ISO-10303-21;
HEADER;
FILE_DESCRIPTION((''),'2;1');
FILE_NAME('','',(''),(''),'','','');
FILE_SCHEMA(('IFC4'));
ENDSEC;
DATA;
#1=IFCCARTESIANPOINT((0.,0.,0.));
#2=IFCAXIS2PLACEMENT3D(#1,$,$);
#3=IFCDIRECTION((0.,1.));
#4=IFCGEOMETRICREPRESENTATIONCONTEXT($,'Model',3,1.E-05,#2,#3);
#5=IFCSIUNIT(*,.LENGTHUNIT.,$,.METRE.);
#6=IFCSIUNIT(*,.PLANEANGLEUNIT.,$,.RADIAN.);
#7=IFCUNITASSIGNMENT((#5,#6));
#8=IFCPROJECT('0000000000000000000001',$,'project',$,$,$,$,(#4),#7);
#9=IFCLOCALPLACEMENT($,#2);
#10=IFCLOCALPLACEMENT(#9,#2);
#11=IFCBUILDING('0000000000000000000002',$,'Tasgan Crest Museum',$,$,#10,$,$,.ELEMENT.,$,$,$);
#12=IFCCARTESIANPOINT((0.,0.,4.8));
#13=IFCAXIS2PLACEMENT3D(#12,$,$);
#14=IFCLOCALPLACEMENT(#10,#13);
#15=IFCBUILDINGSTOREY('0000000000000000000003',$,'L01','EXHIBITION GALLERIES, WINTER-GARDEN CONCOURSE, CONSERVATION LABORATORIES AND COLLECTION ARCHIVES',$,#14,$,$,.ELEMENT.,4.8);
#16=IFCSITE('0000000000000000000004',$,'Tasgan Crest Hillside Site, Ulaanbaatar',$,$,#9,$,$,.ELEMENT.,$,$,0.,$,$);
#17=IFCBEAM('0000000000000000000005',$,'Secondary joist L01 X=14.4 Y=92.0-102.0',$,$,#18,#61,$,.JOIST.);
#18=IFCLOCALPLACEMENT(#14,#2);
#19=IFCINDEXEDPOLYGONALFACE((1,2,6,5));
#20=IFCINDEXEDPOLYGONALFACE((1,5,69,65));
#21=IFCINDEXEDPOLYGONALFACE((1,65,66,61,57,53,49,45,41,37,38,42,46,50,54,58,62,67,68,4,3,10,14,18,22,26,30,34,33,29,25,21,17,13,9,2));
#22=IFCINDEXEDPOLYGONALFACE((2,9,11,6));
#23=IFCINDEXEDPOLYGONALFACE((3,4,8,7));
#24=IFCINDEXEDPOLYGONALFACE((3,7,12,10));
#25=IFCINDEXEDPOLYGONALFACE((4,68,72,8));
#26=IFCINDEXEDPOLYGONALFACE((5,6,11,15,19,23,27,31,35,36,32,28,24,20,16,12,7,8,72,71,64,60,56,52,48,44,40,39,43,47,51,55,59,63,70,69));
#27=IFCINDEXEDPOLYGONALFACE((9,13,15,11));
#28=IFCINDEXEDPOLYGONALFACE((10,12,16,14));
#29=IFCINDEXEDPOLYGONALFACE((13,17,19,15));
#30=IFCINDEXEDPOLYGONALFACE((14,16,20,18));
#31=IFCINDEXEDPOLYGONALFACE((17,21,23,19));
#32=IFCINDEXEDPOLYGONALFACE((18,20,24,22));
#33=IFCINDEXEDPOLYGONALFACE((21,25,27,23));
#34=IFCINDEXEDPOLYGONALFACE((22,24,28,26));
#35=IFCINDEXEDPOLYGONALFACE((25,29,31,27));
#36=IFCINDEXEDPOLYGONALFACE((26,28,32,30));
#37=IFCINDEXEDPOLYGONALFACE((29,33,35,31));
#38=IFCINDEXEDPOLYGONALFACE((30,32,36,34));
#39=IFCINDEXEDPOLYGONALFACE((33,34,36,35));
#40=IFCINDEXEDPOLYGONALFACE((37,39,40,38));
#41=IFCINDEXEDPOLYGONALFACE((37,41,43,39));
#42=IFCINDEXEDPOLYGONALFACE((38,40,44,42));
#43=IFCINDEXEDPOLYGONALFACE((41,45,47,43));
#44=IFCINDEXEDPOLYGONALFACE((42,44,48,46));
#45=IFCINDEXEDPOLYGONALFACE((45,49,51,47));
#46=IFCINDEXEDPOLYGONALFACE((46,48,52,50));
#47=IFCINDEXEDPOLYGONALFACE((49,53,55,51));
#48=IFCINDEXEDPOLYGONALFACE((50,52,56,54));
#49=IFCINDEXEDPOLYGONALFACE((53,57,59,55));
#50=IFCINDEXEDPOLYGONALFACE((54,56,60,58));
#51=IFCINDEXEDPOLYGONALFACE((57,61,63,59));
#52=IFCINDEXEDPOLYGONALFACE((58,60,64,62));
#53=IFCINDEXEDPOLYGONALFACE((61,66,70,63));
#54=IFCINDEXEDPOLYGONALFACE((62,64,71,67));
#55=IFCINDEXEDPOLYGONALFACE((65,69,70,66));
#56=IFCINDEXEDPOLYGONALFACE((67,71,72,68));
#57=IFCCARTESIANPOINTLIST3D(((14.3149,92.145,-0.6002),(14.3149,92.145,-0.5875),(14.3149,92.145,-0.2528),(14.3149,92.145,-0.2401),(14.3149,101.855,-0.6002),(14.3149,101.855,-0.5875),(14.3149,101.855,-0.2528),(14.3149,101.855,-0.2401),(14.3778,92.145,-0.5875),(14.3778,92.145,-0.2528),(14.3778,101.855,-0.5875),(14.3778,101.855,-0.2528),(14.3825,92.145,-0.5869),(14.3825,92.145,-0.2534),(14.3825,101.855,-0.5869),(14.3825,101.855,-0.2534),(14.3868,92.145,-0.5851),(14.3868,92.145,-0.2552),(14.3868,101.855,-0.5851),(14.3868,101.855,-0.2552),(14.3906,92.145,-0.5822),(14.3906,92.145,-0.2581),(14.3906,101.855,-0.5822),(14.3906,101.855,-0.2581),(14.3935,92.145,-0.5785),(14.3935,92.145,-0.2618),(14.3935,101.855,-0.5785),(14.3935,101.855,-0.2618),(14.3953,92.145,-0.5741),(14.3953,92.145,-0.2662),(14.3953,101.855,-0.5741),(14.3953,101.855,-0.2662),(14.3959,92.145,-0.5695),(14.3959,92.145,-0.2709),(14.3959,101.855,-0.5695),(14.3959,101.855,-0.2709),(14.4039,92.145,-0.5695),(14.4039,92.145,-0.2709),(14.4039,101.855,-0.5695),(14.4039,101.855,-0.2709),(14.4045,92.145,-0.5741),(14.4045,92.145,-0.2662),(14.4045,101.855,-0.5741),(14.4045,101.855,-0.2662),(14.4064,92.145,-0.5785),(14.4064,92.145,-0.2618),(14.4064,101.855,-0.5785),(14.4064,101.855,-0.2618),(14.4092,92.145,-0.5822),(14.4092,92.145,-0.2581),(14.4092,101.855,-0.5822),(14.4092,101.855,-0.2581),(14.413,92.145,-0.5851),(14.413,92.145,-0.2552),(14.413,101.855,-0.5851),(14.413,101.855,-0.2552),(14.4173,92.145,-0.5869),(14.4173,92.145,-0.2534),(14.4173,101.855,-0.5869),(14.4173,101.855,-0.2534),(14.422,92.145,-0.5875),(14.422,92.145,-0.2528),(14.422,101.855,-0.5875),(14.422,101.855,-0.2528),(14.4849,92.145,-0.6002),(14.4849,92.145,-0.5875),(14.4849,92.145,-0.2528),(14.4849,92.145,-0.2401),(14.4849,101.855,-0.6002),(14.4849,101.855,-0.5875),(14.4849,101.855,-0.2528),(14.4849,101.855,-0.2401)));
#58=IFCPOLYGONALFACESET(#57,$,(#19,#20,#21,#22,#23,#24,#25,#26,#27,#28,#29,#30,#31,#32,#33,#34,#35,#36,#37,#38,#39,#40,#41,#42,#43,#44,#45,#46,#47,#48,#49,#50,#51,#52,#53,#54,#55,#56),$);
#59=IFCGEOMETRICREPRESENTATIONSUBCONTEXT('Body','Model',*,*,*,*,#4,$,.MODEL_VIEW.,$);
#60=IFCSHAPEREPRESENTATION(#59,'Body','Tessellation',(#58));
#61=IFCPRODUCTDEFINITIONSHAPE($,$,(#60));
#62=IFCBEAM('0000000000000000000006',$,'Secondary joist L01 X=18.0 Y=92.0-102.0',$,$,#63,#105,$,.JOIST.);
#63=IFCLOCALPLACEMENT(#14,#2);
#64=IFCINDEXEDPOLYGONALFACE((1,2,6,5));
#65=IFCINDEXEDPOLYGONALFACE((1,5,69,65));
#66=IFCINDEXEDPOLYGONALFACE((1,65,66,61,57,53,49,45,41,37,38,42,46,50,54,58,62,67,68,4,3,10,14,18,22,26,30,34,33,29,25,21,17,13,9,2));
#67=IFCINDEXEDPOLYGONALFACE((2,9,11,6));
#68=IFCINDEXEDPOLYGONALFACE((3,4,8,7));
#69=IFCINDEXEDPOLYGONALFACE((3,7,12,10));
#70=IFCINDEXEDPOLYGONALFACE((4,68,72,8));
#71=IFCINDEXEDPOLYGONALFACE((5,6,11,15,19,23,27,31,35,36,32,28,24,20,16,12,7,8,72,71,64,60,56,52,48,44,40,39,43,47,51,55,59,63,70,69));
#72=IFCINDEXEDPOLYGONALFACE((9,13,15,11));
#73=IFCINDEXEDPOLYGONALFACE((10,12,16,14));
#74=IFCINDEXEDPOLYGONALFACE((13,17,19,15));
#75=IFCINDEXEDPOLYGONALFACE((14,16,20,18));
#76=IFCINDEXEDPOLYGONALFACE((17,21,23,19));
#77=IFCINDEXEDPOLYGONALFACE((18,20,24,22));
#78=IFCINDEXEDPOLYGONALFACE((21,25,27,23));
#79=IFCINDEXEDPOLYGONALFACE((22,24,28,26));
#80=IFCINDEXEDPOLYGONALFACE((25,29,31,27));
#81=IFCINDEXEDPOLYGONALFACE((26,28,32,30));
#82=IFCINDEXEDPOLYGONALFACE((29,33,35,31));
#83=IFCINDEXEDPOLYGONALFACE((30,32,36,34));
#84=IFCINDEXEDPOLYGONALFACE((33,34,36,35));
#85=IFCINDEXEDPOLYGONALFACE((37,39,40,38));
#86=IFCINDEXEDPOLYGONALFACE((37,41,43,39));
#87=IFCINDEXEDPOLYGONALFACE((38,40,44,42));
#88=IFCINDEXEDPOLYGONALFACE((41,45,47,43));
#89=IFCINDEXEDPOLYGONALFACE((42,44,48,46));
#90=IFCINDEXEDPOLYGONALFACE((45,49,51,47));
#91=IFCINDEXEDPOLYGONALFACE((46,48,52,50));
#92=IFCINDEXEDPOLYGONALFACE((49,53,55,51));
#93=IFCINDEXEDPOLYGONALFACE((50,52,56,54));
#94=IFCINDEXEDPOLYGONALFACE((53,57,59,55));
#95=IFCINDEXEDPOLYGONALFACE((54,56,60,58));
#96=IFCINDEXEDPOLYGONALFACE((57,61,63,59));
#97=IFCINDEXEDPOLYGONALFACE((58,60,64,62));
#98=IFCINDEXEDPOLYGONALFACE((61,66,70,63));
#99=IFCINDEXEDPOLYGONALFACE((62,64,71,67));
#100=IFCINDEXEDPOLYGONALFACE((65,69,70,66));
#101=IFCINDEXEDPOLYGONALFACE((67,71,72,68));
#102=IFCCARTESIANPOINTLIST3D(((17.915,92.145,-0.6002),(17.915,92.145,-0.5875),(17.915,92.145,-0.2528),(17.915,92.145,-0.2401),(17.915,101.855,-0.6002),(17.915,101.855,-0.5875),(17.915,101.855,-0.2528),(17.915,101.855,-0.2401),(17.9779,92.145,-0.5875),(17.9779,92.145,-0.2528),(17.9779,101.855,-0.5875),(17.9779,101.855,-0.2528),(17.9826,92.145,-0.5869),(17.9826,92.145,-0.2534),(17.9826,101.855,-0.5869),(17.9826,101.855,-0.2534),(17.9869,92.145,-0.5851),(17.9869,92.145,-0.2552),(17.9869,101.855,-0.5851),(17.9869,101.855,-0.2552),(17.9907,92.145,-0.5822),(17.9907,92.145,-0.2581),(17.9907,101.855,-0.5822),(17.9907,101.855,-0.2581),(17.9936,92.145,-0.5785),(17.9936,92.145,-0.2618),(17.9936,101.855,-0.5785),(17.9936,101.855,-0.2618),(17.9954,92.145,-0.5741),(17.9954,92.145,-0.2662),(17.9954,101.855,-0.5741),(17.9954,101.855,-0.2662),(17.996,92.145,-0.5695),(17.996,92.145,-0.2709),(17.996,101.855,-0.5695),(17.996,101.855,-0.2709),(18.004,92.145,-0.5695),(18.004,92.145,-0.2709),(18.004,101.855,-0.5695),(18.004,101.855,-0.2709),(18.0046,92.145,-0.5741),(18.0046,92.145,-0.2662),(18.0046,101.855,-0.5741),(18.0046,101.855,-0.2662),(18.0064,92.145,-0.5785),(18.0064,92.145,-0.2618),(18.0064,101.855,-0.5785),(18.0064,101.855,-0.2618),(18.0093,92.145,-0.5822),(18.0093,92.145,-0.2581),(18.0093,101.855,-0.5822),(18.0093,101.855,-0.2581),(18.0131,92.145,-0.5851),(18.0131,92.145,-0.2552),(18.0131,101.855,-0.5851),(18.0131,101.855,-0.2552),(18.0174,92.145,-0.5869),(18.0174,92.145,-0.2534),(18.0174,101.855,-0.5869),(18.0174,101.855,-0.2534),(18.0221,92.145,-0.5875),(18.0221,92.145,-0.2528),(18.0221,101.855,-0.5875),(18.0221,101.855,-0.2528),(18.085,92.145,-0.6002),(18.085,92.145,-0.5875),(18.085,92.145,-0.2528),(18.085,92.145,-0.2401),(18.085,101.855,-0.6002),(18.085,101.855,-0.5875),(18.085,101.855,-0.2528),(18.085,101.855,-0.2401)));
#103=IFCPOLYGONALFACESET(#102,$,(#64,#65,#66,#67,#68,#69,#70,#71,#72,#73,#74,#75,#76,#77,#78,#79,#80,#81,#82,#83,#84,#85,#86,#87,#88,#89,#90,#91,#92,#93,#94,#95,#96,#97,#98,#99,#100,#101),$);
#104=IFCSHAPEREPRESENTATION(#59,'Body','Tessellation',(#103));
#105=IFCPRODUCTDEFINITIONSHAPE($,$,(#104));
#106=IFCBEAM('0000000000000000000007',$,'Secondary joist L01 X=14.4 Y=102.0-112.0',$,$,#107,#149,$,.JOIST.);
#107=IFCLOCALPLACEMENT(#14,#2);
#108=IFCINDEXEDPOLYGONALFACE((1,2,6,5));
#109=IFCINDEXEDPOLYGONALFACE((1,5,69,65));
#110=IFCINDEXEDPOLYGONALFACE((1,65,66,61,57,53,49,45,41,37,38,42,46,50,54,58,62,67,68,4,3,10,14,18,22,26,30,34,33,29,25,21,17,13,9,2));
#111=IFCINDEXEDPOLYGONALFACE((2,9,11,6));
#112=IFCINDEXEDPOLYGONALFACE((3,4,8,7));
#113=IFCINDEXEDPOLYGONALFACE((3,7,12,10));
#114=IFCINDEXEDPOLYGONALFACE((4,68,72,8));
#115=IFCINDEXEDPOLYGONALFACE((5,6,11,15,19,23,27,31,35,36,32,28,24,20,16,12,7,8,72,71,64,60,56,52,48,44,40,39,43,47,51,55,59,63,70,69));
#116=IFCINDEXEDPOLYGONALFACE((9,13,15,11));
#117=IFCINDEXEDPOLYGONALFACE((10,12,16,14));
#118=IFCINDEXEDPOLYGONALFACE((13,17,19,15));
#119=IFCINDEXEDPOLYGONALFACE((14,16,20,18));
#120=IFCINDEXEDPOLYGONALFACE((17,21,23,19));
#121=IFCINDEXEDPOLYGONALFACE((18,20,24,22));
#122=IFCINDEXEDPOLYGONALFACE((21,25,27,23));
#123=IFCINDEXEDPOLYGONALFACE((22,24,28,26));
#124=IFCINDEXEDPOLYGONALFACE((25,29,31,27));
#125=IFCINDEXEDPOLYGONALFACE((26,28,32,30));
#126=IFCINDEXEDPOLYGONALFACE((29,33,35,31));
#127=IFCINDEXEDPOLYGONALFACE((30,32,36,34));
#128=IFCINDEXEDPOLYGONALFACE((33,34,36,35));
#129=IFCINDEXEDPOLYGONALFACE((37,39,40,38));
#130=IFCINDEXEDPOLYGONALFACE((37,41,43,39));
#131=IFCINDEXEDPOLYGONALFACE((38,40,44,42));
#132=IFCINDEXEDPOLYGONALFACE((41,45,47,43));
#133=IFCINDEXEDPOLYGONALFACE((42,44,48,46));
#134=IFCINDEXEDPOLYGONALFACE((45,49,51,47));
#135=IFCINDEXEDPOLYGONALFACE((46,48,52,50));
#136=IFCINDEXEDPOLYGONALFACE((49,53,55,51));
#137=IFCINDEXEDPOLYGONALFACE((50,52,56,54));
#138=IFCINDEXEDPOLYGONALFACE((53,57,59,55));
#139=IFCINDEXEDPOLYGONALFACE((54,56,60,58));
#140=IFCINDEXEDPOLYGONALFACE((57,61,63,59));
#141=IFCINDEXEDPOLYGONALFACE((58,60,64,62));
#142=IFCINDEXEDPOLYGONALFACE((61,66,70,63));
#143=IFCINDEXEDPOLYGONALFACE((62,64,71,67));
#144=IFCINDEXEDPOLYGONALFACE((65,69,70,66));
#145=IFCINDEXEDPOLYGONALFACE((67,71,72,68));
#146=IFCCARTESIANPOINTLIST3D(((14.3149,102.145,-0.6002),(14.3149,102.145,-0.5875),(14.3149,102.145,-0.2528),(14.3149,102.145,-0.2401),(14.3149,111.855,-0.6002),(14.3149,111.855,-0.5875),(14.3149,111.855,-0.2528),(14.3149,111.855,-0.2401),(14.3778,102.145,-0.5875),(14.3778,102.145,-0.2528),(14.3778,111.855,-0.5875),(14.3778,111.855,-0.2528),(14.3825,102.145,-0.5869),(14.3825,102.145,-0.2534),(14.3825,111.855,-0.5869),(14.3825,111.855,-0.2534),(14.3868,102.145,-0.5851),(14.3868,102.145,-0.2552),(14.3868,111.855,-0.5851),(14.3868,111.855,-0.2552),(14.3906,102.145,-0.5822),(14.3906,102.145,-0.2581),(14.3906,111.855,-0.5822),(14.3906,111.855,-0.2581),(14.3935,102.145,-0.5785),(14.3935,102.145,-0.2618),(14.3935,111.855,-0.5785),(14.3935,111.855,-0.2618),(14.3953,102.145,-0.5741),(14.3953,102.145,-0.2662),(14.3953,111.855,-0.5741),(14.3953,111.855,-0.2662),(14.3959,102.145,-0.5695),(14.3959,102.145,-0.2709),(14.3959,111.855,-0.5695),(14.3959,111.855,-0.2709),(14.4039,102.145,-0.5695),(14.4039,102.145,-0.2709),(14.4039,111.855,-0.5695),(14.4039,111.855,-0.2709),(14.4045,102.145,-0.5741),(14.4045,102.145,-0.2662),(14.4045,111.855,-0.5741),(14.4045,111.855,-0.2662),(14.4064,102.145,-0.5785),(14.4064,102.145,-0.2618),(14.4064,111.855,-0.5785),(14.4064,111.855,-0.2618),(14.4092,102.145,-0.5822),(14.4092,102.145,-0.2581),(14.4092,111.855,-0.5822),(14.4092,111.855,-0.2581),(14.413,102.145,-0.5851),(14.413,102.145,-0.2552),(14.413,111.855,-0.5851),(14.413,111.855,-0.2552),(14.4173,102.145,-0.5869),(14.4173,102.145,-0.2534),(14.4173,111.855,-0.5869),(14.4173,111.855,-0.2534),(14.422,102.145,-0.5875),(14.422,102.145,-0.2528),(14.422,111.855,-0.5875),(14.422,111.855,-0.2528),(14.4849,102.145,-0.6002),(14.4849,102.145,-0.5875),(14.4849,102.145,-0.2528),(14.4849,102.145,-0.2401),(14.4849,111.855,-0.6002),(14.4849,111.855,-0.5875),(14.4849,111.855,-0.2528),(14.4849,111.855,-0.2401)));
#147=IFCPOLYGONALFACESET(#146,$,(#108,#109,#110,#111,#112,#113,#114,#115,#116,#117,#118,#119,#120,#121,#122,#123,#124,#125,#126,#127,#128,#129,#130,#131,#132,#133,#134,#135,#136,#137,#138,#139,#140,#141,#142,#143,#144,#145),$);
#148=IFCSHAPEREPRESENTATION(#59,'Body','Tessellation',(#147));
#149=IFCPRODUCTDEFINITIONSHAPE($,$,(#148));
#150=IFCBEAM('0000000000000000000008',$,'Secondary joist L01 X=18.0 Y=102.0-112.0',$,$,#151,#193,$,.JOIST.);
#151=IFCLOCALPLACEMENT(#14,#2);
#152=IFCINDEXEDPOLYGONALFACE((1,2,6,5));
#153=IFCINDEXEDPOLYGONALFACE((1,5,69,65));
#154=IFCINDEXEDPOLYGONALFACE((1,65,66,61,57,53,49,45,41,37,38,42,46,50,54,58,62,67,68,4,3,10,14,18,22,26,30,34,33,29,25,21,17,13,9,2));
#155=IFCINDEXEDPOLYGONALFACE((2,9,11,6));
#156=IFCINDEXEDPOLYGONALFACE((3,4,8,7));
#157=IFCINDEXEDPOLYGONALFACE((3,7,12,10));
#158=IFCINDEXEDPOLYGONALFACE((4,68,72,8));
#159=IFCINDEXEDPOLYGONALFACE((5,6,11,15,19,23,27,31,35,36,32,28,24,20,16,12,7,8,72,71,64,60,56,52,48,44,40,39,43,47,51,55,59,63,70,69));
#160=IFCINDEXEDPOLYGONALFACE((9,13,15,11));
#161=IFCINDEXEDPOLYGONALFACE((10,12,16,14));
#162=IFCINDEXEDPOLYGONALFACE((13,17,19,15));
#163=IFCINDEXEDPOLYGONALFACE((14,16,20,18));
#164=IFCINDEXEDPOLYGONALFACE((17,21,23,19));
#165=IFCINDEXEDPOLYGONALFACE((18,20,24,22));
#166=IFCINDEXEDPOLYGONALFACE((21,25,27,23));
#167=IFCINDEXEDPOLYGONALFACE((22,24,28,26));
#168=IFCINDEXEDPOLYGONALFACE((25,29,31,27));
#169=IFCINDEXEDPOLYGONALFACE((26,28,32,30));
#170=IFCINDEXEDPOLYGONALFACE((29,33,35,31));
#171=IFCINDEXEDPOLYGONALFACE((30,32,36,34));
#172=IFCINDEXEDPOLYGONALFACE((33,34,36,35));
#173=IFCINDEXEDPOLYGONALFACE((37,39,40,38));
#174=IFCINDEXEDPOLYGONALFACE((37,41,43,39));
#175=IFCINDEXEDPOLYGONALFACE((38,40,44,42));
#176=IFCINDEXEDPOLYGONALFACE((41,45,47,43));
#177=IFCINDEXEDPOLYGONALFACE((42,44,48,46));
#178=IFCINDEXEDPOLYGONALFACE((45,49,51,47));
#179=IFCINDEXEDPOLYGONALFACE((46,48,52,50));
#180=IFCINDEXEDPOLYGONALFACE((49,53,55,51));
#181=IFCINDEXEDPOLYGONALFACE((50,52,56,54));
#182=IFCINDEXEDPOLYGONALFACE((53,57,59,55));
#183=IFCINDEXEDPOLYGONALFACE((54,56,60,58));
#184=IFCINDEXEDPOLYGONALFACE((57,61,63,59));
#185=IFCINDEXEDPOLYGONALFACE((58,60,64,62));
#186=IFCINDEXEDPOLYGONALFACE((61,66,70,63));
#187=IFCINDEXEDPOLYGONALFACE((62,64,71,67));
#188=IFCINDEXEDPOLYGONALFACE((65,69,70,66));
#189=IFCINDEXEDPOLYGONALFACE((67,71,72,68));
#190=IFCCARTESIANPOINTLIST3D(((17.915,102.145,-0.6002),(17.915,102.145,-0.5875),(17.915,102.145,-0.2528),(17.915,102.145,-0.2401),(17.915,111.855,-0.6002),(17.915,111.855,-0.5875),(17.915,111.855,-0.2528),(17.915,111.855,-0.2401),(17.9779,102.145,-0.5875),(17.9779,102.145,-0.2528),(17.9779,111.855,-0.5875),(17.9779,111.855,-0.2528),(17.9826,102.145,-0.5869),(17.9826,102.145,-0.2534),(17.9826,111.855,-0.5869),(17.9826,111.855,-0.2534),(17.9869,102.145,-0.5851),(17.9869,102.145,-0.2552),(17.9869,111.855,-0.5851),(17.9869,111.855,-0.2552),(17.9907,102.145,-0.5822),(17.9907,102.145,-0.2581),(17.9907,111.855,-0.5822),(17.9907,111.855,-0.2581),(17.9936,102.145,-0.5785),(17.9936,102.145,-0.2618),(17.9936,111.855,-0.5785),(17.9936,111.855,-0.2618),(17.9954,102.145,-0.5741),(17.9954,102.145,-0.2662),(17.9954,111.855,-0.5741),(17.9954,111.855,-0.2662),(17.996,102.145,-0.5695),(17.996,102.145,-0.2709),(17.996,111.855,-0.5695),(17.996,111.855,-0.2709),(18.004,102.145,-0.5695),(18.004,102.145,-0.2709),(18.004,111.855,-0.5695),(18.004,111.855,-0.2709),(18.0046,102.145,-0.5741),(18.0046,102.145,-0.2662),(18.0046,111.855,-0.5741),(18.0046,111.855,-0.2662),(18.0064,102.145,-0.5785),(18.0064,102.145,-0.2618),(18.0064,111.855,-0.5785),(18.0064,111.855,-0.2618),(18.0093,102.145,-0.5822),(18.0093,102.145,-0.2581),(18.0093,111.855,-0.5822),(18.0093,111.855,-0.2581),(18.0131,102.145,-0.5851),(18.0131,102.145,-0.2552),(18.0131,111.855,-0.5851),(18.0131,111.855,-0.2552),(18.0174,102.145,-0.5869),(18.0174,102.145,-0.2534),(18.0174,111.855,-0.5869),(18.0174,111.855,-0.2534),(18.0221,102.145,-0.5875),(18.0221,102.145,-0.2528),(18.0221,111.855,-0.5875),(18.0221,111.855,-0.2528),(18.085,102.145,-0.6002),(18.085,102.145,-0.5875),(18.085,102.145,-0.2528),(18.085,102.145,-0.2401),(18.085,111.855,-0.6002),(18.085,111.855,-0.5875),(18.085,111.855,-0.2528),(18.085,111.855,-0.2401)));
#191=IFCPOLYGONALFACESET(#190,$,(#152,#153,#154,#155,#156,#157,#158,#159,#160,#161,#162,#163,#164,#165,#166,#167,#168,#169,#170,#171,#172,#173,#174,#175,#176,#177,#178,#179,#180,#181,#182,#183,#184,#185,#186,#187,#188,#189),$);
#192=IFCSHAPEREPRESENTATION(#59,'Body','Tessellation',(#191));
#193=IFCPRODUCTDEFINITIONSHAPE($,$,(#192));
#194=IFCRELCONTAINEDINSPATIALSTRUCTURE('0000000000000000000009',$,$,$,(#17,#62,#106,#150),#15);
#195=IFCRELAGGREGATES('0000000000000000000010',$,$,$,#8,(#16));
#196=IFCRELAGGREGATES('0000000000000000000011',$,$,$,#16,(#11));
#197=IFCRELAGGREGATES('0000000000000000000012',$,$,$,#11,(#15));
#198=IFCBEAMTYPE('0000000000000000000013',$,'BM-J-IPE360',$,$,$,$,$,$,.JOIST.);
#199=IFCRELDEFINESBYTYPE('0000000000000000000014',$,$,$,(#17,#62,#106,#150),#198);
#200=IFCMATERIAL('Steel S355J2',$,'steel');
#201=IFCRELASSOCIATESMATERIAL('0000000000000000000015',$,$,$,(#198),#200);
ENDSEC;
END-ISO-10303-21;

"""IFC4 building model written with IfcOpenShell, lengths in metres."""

from ifc_helpers import new_model, si_unit, direction, frame, origin, origin_2d, place, context, subcontext, project, spatial, i_section, extrude, material, material_profile, profile_set, type_object, element, save


model = new_model("IFC4")

# Units and contexts
model_context = context("Model", 3, precision=1e-05, world=origin(), true_north=direction((0.0, 1.0)))
body_context = subcontext(model_context, "Body", "Model", "MODEL_VIEW")
ifc_project = project(units=[si_unit("LENGTHUNIT", "METRE"), si_unit("PLANEANGLEUNIT", "RADIAN")], contexts=[model_context])

# Site, building, storey
site_placement = place(None, origin())
site = spatial("IfcSite", under=ifc_project, at=site_placement, Name="Tasgan Crest Hillside Site, Ulaanbaatar", CompositionType="ELEMENT", RefElevation=0.0)
building_placement = place(site_placement, origin())
building = spatial("IfcBuilding", under=site, at=building_placement, Name="Tasgan Crest Museum", CompositionType="ELEMENT")
storey_placement = place(building_placement, frame((0.0, 0.0, 4.8)))
storey = spatial("IfcBuildingStorey", under=building, at=storey_placement, Name="L01", Description="EXHIBITION GALLERIES, WINTER-GARDEN CONCOURSE, CONSERVATION LABORATORIES AND COLLECTION ARCHIVES", CompositionType="ELEMENT", Elevation=4.8)

# Beams
ifc_material_1 = material(Name="Steel S355J2", Category="steel")
ifc_material_profile_1 = material_profile(ifc_material_1, i_section(OverallWidth=0.1699, OverallDepth=0.3601, WebThickness=0.0081, FlangeThickness=0.0127, FilletRadius=0.0181, at=origin_2d()), Name="IPE 360")
ifc_profile_set_1 = profile_set([ifc_material_profile_1], Name="Steel S355J2")
beam_type_1 = type_object("IfcBeamType", Name="BM-J-IPE360", PredefinedType="JOIST", material=ifc_profile_set_1)
for number, where, z_axis, x_axis, name in (
    (1, (14.3999, 92.145, -0.4202), (0.0, 1.0, 0.0), (-1.0, 0.0, 0.0), "Secondary joist L01 X=14.4 Y=92.0-102.0"),
    (2, (18.0, 92.145, -0.4202), (0.0, 1.0, 0.0), (-1.0, 0.0, 0.0), "Secondary joist L01 X=18.0 Y=92.0-102.0"),
    (3, (14.3999, 102.145, -0.4202), (0.0, 1.0, 0.0), (-1.0, 0.0, 0.0), "Secondary joist L01 X=14.4 Y=102.0-112.0"),
    (4, (18.0, 102.145, -0.4202), (0.0, 1.0, 0.0), (-1.0, 0.0, 0.0), "Secondary joist L01 X=18.0 Y=102.0-112.0"),
):
    element("IfcBeam", number, at=place(storey_placement, frame(where, z_axis=z_axis, x_axis=x_axis)), inside=storey, type_object=beam_type_1, Name=name, PredefinedType="JOIST", context=body_context, shape_type="SweptSolid", body=[
        extrude(i_section(OverallWidth=0.1699, OverallDepth=0.3601, WebThickness=0.0081, FlangeThickness=0.0127, FilletRadius=0.0181, at=origin_2d()), origin(), (0.0, 0.0, 1.0), 9.71),
    ])

save(model, "model.ifc")
